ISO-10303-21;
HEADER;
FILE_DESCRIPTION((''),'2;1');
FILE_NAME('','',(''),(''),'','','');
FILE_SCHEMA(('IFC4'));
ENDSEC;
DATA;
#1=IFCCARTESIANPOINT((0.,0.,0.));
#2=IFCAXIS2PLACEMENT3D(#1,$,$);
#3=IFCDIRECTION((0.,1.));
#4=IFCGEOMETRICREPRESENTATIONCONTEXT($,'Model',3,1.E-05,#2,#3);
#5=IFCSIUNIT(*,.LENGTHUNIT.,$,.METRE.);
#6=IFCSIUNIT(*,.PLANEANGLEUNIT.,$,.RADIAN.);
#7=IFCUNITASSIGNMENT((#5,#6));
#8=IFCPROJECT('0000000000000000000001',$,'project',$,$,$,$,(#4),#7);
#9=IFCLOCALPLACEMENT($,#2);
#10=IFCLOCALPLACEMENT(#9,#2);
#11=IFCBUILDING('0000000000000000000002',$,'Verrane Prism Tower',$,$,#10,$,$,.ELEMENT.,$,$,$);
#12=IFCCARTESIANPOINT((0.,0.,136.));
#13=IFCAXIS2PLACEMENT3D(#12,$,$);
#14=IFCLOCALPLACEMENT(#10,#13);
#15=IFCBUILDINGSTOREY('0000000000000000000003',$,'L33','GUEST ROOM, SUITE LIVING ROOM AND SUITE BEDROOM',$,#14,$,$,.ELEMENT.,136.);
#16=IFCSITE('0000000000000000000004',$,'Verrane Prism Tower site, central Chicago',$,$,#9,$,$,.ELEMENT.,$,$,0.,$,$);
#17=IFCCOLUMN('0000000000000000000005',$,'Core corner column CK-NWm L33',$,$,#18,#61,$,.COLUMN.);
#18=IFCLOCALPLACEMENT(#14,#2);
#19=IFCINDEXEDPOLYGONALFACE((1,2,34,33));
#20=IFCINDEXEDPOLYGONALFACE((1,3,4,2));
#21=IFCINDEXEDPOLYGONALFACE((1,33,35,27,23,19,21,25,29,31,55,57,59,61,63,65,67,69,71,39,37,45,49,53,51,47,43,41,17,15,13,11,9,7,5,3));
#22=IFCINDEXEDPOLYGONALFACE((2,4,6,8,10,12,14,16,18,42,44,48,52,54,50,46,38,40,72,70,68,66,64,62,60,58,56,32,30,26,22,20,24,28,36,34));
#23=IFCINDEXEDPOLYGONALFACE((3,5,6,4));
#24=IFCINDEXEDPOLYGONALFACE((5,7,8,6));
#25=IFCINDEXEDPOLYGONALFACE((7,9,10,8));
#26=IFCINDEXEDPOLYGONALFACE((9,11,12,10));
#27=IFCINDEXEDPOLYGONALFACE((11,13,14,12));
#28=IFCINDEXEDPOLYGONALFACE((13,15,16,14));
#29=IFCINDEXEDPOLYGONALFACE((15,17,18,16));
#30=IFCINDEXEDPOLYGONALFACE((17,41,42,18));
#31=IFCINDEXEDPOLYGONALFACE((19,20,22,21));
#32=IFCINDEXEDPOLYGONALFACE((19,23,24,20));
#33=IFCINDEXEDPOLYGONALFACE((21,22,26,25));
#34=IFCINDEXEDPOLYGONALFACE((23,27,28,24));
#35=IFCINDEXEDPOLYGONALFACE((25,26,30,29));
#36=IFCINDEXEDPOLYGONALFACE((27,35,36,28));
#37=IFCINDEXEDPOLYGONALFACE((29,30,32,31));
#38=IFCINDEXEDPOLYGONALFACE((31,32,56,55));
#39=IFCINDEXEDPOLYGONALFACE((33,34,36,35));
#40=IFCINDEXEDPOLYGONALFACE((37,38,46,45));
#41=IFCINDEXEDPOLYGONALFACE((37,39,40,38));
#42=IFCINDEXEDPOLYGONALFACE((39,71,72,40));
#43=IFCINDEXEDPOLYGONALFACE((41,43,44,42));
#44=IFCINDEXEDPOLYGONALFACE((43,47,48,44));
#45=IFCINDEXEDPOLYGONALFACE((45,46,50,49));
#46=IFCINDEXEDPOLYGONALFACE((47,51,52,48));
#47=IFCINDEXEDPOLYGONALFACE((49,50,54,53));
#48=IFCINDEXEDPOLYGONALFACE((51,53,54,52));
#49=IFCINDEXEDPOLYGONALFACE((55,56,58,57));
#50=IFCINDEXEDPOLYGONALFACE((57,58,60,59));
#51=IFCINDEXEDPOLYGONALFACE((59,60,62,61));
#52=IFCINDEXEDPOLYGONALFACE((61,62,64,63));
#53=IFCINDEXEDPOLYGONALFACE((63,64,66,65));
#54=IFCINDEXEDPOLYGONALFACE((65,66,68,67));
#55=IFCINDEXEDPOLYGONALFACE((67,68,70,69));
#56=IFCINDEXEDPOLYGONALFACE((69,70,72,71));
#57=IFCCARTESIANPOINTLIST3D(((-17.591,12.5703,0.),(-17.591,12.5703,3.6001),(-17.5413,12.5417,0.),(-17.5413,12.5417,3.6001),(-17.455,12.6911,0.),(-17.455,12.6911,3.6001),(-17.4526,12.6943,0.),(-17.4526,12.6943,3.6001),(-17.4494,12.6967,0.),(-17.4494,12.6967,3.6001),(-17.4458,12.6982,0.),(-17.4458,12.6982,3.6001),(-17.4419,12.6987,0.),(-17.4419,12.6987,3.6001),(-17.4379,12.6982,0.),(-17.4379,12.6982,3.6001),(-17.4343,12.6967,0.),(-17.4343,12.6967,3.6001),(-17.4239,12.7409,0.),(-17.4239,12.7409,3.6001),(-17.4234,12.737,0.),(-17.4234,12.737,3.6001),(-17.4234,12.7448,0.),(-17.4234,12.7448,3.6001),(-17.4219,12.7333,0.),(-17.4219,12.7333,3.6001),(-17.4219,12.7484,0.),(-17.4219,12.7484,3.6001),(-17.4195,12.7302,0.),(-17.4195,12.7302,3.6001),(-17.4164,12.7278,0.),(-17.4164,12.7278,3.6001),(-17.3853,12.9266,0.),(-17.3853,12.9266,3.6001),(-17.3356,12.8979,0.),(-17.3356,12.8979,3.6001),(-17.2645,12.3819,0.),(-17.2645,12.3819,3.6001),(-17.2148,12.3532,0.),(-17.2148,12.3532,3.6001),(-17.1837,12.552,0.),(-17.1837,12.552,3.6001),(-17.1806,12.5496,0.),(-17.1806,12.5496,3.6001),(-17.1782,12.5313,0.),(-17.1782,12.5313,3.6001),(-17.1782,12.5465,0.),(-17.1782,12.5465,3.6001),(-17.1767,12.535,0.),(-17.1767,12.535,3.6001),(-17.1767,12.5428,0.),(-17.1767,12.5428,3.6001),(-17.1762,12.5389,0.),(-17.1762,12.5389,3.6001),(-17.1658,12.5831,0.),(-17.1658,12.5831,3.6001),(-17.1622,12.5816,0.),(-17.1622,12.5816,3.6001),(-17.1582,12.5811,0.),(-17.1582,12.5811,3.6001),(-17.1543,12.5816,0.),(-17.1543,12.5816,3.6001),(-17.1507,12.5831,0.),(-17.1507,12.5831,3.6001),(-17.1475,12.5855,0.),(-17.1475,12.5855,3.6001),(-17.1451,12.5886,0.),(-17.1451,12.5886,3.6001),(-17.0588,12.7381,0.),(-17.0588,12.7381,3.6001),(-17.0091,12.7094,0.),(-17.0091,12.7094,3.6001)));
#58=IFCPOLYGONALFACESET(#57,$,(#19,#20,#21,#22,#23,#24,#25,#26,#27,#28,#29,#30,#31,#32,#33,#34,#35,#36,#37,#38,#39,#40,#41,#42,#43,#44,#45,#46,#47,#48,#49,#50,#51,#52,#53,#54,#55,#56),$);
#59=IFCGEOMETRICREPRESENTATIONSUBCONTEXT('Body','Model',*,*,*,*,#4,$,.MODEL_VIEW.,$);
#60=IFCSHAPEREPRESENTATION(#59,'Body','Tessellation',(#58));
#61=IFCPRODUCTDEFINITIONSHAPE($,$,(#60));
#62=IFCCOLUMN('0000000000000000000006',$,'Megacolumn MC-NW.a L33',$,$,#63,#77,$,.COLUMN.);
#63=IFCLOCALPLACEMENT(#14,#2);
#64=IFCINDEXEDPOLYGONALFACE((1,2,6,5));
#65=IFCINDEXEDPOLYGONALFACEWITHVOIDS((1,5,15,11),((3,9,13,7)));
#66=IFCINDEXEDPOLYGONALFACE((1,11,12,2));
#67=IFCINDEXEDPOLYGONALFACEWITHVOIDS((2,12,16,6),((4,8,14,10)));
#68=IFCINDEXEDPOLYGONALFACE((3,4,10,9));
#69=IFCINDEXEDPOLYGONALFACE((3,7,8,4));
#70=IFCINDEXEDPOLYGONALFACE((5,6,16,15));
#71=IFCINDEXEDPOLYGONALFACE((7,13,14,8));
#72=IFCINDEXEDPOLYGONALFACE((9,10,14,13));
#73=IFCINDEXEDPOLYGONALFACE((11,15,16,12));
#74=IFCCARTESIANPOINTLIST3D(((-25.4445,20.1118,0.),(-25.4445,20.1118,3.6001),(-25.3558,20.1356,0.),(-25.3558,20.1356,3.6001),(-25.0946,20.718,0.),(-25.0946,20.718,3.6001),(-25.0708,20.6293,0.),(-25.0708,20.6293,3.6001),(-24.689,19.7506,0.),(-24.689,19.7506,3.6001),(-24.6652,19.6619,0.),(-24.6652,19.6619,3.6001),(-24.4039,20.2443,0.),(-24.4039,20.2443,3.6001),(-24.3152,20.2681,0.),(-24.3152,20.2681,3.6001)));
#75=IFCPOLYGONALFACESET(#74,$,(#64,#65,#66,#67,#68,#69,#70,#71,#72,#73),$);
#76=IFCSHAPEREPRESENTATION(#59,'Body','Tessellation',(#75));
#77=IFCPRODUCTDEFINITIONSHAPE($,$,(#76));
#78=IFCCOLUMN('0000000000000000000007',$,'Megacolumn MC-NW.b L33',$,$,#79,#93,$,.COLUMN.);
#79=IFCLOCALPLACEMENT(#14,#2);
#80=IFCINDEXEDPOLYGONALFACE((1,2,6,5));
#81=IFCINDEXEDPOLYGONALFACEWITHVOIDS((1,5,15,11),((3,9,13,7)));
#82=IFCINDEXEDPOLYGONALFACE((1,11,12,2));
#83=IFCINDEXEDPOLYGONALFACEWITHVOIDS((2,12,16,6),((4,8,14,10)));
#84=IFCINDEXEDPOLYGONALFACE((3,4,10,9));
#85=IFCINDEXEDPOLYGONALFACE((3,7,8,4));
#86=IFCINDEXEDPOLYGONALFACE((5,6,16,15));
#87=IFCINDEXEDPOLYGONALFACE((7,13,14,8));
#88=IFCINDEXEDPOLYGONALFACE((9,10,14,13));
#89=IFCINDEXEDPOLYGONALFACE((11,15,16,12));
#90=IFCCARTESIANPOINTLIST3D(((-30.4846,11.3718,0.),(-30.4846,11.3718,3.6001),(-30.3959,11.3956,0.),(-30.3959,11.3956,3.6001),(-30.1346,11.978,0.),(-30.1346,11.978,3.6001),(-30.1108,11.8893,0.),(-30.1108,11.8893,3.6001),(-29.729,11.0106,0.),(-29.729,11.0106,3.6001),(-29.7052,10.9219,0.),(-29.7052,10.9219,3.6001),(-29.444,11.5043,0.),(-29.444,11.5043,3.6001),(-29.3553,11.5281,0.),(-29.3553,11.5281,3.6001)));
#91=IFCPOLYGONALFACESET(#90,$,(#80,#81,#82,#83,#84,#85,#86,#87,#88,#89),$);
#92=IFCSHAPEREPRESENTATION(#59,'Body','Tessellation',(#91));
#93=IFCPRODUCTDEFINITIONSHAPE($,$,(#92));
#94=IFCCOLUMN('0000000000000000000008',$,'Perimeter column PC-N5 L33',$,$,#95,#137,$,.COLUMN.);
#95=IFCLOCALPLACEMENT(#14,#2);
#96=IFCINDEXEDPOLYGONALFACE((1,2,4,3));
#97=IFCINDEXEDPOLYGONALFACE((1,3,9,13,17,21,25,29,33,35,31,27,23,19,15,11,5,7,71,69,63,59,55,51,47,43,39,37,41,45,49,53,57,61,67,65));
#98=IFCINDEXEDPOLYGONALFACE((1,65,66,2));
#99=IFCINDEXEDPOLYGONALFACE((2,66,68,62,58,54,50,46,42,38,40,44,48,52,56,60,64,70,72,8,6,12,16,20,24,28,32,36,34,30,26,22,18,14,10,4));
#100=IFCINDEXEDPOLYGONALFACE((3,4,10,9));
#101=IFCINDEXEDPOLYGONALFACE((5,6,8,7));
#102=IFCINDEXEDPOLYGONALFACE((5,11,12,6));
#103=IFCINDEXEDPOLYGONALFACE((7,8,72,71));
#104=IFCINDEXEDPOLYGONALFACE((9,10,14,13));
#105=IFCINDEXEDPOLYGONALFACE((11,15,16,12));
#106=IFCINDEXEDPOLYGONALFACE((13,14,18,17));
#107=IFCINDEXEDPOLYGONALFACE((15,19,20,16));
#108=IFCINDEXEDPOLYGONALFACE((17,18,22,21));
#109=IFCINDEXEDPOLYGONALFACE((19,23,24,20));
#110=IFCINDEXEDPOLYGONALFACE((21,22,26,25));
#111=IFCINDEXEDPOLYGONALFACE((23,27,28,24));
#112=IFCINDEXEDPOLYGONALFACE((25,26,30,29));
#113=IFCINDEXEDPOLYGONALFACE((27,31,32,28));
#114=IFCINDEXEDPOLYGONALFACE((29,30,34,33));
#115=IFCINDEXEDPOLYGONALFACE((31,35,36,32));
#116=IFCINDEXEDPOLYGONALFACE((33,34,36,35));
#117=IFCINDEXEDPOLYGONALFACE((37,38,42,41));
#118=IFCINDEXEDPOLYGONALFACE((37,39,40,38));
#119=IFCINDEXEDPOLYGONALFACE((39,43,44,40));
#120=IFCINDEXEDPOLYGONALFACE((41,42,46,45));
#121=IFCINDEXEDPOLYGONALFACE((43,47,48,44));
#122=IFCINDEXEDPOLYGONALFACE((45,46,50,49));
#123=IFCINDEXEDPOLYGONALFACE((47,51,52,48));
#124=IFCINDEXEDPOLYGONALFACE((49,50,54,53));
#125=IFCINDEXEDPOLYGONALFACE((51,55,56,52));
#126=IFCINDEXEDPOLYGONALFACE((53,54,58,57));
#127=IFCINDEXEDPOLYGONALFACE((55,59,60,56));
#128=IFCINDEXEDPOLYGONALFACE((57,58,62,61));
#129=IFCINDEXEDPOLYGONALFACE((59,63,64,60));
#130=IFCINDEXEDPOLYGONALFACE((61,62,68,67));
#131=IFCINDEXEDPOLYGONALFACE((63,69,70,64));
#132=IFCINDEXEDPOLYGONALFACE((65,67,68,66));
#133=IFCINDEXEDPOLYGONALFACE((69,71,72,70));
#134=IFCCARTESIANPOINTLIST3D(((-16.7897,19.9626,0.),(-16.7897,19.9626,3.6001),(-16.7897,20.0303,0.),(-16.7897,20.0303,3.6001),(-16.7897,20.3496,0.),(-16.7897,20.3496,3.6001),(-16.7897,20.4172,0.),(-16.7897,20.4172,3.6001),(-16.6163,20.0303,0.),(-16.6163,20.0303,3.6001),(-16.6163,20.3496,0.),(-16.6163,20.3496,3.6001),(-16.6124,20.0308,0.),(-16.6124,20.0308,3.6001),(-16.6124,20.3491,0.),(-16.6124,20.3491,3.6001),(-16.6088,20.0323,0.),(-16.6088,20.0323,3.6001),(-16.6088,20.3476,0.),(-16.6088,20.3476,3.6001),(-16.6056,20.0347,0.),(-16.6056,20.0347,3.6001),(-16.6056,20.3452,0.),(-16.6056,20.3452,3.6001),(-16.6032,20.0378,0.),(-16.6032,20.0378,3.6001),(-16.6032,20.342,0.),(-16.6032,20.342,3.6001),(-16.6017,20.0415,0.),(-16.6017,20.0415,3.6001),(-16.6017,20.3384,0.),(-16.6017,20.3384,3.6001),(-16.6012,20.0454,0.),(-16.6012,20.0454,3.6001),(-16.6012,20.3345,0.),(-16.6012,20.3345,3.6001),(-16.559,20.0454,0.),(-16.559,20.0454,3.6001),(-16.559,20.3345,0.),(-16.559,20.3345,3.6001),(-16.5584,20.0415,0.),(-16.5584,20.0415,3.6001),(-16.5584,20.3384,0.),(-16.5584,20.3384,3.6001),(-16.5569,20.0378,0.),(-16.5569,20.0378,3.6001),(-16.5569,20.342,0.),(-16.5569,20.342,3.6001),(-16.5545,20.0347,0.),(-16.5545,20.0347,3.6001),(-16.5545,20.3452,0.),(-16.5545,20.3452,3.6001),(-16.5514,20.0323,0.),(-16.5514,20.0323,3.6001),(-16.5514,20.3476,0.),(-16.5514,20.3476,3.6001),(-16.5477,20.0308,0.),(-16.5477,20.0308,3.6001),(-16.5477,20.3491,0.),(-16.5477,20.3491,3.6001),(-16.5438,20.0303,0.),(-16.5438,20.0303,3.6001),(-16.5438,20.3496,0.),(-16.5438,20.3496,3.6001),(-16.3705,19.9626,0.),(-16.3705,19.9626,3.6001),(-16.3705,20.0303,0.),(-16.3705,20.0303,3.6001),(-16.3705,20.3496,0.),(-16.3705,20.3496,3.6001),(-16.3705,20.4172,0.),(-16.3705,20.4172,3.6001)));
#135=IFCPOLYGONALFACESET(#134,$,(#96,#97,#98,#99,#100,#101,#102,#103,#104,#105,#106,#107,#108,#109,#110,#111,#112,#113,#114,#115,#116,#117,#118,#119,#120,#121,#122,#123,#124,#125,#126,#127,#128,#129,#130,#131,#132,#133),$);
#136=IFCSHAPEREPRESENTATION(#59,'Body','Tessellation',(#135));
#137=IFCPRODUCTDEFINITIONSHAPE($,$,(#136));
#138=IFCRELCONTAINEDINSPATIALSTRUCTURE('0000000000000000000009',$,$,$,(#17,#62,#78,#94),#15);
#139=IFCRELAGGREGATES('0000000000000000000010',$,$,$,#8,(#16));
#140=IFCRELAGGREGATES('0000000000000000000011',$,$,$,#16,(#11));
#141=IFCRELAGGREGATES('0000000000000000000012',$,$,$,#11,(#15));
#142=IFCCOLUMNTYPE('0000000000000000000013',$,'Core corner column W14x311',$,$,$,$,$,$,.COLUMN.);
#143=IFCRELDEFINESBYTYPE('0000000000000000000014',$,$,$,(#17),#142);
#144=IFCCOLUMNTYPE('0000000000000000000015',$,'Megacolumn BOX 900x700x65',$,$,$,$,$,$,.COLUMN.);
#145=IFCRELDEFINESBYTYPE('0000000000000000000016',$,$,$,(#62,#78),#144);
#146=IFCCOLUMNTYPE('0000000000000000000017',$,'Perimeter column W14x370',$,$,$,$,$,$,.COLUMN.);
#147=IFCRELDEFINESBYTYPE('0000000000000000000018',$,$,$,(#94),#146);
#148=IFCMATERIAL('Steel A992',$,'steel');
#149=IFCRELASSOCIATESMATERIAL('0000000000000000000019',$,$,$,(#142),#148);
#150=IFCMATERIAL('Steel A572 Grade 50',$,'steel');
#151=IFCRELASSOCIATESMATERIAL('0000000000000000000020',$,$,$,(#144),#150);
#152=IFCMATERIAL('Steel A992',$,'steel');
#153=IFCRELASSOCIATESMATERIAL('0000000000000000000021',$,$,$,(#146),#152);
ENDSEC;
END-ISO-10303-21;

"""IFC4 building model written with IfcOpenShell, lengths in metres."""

from ifc_helpers import new_model, si_unit, direction, frame, origin, origin_2d, place, context, subcontext, project, spatial, hollow_rectangle, i_section, extrude, material, material_profile, profile_set, type_object, element, save


model = new_model("IFC4")

# Units and contexts
model_context = context("Model", 3, precision=1e-05, world=origin(), true_north=direction((0.0, 1.0)))
body_context = subcontext(model_context, "Body", "Model", "MODEL_VIEW")
ifc_project = project(units=[si_unit("LENGTHUNIT", "METRE"), si_unit("PLANEANGLEUNIT", "RADIAN")], contexts=[model_context])

# Site, building, storey
site_placement = place(None, origin())
site = spatial("IfcSite", under=ifc_project, at=site_placement, Name="Verrane Prism Tower site, central Chicago", CompositionType="ELEMENT", RefElevation=0.0)
building_placement = place(site_placement, origin())
building = spatial("IfcBuilding", under=site, at=building_placement, Name="Verrane Prism Tower", CompositionType="ELEMENT")
storey_placement = place(building_placement, frame((0.0, 0.0, 136.0)))
storey = spatial("IfcBuildingStorey", under=building, at=storey_placement, Name="L33", Description="GUEST ROOM, SUITE LIVING ROOM AND SUITE BEDROOM", CompositionType="ELEMENT", Elevation=136.0)

# Columns
ifc_material_1 = material(Name="Steel A992", Category="steel")
ifc_material_profile_1 = material_profile(ifc_material_1, i_section(OverallWidth=0.4114, OverallDepth=0.4343, WebThickness=0.0359, FlangeThickness=0.0574, FilletRadius=0.0151, at=origin_2d()), Name="W14x311")
ifc_profile_set_1 = profile_set([ifc_material_profile_1], Name="Steel A992")
column_type_1 = type_object("IfcColumnType", Name="Core corner column W14x311", PredefinedType="COLUMN", material=ifc_profile_set_1)
column_1_placement = place(storey_placement, frame((-17.3, 12.6399, 0.0), z_axis=(0.0, 0.0, 1.0), x_axis=(0.5, 0.866025, 0.0)))
element("IfcColumn", 1, at=column_1_placement, inside=storey, type_object=column_type_1, Name="Core corner column CK-NWm L33", PredefinedType="COLUMN", context=body_context, shape_type="SweptSolid", body=[
    extrude(i_section(OverallWidth=0.4114, OverallDepth=0.4343, WebThickness=0.0359, FlangeThickness=0.0574, FilletRadius=0.0151, at=origin_2d()), origin(), (0.0, 0.0, 1.0), 3.6001),
])
ifc_material_2 = material(Name="Steel A572 Grade 50", Category="steel")
ifc_material_profile_2 = material_profile(ifc_material_2, hollow_rectangle(XDim=0.7, YDim=0.8999, WallThickness=0.0649, at=origin_2d()), Name="BOX 900x700x65")
ifc_profile_set_2 = profile_set([ifc_material_profile_2], Name="Steel A572 Grade 50")
column_type_2 = type_object("IfcColumnType", Name="Megacolumn BOX 900x700x65", PredefinedType="COLUMN", material=ifc_profile_set_2)
for number, where, z_axis, x_axis, name in (
    (2, (-24.8799, 20.1899, 0.0), (0.0, 0.0, 1.0), (0.5, 0.866025, 0.0), "Megacolumn MC-NW.a L33"),
    (3, (-29.9199, 11.45, 0.0), (0.0, 0.0, 1.0), (0.5, 0.866025, 0.0), "Megacolumn MC-NW.b L33"),
):
    element("IfcColumn", number, at=place(storey_placement, frame(where, z_axis=z_axis, x_axis=x_axis)), inside=storey, type_object=column_type_2, Name=name, PredefinedType="COLUMN", context=body_context, shape_type="SweptSolid", body=[
        extrude(hollow_rectangle(XDim=0.7, YDim=0.8999, WallThickness=0.0649, at=origin_2d()), origin(), (0.0, 0.0, 1.0), 3.6001),
    ])
ifc_material_3 = material(Name="Steel A992", Category="steel")
ifc_material_profile_3 = material_profile(ifc_material_3, i_section(OverallWidth=0.4192, OverallDepth=0.4546, WebThickness=0.0422, FlangeThickness=0.0676, FilletRadius=0.0151, at=origin_2d()), Name="W14x370")
ifc_profile_set_3 = profile_set([ifc_material_profile_3], Name="Steel A992")
column_type_3 = type_object("IfcColumnType", Name="Perimeter column W14x370", PredefinedType="COLUMN", material=ifc_profile_set_3)
column_2_placement = place(storey_placement, frame((-16.5801, 20.1899, 0.0), z_axis=(0.0, 0.0, 1.0), x_axis=(1.0, 0.0, 0.0)))
element("IfcColumn", 4, at=column_2_placement, inside=storey, type_object=column_type_3, Name="Perimeter column PC-N5 L33", PredefinedType="COLUMN", context=body_context, shape_type="SweptSolid", body=[
    extrude(i_section(OverallWidth=0.4192, OverallDepth=0.4546, WebThickness=0.0422, FlangeThickness=0.0676, FilletRadius=0.0151, at=origin_2d()), origin(), (0.0, 0.0, 1.0), 3.6001),
])

save(model, "model.ifc")
